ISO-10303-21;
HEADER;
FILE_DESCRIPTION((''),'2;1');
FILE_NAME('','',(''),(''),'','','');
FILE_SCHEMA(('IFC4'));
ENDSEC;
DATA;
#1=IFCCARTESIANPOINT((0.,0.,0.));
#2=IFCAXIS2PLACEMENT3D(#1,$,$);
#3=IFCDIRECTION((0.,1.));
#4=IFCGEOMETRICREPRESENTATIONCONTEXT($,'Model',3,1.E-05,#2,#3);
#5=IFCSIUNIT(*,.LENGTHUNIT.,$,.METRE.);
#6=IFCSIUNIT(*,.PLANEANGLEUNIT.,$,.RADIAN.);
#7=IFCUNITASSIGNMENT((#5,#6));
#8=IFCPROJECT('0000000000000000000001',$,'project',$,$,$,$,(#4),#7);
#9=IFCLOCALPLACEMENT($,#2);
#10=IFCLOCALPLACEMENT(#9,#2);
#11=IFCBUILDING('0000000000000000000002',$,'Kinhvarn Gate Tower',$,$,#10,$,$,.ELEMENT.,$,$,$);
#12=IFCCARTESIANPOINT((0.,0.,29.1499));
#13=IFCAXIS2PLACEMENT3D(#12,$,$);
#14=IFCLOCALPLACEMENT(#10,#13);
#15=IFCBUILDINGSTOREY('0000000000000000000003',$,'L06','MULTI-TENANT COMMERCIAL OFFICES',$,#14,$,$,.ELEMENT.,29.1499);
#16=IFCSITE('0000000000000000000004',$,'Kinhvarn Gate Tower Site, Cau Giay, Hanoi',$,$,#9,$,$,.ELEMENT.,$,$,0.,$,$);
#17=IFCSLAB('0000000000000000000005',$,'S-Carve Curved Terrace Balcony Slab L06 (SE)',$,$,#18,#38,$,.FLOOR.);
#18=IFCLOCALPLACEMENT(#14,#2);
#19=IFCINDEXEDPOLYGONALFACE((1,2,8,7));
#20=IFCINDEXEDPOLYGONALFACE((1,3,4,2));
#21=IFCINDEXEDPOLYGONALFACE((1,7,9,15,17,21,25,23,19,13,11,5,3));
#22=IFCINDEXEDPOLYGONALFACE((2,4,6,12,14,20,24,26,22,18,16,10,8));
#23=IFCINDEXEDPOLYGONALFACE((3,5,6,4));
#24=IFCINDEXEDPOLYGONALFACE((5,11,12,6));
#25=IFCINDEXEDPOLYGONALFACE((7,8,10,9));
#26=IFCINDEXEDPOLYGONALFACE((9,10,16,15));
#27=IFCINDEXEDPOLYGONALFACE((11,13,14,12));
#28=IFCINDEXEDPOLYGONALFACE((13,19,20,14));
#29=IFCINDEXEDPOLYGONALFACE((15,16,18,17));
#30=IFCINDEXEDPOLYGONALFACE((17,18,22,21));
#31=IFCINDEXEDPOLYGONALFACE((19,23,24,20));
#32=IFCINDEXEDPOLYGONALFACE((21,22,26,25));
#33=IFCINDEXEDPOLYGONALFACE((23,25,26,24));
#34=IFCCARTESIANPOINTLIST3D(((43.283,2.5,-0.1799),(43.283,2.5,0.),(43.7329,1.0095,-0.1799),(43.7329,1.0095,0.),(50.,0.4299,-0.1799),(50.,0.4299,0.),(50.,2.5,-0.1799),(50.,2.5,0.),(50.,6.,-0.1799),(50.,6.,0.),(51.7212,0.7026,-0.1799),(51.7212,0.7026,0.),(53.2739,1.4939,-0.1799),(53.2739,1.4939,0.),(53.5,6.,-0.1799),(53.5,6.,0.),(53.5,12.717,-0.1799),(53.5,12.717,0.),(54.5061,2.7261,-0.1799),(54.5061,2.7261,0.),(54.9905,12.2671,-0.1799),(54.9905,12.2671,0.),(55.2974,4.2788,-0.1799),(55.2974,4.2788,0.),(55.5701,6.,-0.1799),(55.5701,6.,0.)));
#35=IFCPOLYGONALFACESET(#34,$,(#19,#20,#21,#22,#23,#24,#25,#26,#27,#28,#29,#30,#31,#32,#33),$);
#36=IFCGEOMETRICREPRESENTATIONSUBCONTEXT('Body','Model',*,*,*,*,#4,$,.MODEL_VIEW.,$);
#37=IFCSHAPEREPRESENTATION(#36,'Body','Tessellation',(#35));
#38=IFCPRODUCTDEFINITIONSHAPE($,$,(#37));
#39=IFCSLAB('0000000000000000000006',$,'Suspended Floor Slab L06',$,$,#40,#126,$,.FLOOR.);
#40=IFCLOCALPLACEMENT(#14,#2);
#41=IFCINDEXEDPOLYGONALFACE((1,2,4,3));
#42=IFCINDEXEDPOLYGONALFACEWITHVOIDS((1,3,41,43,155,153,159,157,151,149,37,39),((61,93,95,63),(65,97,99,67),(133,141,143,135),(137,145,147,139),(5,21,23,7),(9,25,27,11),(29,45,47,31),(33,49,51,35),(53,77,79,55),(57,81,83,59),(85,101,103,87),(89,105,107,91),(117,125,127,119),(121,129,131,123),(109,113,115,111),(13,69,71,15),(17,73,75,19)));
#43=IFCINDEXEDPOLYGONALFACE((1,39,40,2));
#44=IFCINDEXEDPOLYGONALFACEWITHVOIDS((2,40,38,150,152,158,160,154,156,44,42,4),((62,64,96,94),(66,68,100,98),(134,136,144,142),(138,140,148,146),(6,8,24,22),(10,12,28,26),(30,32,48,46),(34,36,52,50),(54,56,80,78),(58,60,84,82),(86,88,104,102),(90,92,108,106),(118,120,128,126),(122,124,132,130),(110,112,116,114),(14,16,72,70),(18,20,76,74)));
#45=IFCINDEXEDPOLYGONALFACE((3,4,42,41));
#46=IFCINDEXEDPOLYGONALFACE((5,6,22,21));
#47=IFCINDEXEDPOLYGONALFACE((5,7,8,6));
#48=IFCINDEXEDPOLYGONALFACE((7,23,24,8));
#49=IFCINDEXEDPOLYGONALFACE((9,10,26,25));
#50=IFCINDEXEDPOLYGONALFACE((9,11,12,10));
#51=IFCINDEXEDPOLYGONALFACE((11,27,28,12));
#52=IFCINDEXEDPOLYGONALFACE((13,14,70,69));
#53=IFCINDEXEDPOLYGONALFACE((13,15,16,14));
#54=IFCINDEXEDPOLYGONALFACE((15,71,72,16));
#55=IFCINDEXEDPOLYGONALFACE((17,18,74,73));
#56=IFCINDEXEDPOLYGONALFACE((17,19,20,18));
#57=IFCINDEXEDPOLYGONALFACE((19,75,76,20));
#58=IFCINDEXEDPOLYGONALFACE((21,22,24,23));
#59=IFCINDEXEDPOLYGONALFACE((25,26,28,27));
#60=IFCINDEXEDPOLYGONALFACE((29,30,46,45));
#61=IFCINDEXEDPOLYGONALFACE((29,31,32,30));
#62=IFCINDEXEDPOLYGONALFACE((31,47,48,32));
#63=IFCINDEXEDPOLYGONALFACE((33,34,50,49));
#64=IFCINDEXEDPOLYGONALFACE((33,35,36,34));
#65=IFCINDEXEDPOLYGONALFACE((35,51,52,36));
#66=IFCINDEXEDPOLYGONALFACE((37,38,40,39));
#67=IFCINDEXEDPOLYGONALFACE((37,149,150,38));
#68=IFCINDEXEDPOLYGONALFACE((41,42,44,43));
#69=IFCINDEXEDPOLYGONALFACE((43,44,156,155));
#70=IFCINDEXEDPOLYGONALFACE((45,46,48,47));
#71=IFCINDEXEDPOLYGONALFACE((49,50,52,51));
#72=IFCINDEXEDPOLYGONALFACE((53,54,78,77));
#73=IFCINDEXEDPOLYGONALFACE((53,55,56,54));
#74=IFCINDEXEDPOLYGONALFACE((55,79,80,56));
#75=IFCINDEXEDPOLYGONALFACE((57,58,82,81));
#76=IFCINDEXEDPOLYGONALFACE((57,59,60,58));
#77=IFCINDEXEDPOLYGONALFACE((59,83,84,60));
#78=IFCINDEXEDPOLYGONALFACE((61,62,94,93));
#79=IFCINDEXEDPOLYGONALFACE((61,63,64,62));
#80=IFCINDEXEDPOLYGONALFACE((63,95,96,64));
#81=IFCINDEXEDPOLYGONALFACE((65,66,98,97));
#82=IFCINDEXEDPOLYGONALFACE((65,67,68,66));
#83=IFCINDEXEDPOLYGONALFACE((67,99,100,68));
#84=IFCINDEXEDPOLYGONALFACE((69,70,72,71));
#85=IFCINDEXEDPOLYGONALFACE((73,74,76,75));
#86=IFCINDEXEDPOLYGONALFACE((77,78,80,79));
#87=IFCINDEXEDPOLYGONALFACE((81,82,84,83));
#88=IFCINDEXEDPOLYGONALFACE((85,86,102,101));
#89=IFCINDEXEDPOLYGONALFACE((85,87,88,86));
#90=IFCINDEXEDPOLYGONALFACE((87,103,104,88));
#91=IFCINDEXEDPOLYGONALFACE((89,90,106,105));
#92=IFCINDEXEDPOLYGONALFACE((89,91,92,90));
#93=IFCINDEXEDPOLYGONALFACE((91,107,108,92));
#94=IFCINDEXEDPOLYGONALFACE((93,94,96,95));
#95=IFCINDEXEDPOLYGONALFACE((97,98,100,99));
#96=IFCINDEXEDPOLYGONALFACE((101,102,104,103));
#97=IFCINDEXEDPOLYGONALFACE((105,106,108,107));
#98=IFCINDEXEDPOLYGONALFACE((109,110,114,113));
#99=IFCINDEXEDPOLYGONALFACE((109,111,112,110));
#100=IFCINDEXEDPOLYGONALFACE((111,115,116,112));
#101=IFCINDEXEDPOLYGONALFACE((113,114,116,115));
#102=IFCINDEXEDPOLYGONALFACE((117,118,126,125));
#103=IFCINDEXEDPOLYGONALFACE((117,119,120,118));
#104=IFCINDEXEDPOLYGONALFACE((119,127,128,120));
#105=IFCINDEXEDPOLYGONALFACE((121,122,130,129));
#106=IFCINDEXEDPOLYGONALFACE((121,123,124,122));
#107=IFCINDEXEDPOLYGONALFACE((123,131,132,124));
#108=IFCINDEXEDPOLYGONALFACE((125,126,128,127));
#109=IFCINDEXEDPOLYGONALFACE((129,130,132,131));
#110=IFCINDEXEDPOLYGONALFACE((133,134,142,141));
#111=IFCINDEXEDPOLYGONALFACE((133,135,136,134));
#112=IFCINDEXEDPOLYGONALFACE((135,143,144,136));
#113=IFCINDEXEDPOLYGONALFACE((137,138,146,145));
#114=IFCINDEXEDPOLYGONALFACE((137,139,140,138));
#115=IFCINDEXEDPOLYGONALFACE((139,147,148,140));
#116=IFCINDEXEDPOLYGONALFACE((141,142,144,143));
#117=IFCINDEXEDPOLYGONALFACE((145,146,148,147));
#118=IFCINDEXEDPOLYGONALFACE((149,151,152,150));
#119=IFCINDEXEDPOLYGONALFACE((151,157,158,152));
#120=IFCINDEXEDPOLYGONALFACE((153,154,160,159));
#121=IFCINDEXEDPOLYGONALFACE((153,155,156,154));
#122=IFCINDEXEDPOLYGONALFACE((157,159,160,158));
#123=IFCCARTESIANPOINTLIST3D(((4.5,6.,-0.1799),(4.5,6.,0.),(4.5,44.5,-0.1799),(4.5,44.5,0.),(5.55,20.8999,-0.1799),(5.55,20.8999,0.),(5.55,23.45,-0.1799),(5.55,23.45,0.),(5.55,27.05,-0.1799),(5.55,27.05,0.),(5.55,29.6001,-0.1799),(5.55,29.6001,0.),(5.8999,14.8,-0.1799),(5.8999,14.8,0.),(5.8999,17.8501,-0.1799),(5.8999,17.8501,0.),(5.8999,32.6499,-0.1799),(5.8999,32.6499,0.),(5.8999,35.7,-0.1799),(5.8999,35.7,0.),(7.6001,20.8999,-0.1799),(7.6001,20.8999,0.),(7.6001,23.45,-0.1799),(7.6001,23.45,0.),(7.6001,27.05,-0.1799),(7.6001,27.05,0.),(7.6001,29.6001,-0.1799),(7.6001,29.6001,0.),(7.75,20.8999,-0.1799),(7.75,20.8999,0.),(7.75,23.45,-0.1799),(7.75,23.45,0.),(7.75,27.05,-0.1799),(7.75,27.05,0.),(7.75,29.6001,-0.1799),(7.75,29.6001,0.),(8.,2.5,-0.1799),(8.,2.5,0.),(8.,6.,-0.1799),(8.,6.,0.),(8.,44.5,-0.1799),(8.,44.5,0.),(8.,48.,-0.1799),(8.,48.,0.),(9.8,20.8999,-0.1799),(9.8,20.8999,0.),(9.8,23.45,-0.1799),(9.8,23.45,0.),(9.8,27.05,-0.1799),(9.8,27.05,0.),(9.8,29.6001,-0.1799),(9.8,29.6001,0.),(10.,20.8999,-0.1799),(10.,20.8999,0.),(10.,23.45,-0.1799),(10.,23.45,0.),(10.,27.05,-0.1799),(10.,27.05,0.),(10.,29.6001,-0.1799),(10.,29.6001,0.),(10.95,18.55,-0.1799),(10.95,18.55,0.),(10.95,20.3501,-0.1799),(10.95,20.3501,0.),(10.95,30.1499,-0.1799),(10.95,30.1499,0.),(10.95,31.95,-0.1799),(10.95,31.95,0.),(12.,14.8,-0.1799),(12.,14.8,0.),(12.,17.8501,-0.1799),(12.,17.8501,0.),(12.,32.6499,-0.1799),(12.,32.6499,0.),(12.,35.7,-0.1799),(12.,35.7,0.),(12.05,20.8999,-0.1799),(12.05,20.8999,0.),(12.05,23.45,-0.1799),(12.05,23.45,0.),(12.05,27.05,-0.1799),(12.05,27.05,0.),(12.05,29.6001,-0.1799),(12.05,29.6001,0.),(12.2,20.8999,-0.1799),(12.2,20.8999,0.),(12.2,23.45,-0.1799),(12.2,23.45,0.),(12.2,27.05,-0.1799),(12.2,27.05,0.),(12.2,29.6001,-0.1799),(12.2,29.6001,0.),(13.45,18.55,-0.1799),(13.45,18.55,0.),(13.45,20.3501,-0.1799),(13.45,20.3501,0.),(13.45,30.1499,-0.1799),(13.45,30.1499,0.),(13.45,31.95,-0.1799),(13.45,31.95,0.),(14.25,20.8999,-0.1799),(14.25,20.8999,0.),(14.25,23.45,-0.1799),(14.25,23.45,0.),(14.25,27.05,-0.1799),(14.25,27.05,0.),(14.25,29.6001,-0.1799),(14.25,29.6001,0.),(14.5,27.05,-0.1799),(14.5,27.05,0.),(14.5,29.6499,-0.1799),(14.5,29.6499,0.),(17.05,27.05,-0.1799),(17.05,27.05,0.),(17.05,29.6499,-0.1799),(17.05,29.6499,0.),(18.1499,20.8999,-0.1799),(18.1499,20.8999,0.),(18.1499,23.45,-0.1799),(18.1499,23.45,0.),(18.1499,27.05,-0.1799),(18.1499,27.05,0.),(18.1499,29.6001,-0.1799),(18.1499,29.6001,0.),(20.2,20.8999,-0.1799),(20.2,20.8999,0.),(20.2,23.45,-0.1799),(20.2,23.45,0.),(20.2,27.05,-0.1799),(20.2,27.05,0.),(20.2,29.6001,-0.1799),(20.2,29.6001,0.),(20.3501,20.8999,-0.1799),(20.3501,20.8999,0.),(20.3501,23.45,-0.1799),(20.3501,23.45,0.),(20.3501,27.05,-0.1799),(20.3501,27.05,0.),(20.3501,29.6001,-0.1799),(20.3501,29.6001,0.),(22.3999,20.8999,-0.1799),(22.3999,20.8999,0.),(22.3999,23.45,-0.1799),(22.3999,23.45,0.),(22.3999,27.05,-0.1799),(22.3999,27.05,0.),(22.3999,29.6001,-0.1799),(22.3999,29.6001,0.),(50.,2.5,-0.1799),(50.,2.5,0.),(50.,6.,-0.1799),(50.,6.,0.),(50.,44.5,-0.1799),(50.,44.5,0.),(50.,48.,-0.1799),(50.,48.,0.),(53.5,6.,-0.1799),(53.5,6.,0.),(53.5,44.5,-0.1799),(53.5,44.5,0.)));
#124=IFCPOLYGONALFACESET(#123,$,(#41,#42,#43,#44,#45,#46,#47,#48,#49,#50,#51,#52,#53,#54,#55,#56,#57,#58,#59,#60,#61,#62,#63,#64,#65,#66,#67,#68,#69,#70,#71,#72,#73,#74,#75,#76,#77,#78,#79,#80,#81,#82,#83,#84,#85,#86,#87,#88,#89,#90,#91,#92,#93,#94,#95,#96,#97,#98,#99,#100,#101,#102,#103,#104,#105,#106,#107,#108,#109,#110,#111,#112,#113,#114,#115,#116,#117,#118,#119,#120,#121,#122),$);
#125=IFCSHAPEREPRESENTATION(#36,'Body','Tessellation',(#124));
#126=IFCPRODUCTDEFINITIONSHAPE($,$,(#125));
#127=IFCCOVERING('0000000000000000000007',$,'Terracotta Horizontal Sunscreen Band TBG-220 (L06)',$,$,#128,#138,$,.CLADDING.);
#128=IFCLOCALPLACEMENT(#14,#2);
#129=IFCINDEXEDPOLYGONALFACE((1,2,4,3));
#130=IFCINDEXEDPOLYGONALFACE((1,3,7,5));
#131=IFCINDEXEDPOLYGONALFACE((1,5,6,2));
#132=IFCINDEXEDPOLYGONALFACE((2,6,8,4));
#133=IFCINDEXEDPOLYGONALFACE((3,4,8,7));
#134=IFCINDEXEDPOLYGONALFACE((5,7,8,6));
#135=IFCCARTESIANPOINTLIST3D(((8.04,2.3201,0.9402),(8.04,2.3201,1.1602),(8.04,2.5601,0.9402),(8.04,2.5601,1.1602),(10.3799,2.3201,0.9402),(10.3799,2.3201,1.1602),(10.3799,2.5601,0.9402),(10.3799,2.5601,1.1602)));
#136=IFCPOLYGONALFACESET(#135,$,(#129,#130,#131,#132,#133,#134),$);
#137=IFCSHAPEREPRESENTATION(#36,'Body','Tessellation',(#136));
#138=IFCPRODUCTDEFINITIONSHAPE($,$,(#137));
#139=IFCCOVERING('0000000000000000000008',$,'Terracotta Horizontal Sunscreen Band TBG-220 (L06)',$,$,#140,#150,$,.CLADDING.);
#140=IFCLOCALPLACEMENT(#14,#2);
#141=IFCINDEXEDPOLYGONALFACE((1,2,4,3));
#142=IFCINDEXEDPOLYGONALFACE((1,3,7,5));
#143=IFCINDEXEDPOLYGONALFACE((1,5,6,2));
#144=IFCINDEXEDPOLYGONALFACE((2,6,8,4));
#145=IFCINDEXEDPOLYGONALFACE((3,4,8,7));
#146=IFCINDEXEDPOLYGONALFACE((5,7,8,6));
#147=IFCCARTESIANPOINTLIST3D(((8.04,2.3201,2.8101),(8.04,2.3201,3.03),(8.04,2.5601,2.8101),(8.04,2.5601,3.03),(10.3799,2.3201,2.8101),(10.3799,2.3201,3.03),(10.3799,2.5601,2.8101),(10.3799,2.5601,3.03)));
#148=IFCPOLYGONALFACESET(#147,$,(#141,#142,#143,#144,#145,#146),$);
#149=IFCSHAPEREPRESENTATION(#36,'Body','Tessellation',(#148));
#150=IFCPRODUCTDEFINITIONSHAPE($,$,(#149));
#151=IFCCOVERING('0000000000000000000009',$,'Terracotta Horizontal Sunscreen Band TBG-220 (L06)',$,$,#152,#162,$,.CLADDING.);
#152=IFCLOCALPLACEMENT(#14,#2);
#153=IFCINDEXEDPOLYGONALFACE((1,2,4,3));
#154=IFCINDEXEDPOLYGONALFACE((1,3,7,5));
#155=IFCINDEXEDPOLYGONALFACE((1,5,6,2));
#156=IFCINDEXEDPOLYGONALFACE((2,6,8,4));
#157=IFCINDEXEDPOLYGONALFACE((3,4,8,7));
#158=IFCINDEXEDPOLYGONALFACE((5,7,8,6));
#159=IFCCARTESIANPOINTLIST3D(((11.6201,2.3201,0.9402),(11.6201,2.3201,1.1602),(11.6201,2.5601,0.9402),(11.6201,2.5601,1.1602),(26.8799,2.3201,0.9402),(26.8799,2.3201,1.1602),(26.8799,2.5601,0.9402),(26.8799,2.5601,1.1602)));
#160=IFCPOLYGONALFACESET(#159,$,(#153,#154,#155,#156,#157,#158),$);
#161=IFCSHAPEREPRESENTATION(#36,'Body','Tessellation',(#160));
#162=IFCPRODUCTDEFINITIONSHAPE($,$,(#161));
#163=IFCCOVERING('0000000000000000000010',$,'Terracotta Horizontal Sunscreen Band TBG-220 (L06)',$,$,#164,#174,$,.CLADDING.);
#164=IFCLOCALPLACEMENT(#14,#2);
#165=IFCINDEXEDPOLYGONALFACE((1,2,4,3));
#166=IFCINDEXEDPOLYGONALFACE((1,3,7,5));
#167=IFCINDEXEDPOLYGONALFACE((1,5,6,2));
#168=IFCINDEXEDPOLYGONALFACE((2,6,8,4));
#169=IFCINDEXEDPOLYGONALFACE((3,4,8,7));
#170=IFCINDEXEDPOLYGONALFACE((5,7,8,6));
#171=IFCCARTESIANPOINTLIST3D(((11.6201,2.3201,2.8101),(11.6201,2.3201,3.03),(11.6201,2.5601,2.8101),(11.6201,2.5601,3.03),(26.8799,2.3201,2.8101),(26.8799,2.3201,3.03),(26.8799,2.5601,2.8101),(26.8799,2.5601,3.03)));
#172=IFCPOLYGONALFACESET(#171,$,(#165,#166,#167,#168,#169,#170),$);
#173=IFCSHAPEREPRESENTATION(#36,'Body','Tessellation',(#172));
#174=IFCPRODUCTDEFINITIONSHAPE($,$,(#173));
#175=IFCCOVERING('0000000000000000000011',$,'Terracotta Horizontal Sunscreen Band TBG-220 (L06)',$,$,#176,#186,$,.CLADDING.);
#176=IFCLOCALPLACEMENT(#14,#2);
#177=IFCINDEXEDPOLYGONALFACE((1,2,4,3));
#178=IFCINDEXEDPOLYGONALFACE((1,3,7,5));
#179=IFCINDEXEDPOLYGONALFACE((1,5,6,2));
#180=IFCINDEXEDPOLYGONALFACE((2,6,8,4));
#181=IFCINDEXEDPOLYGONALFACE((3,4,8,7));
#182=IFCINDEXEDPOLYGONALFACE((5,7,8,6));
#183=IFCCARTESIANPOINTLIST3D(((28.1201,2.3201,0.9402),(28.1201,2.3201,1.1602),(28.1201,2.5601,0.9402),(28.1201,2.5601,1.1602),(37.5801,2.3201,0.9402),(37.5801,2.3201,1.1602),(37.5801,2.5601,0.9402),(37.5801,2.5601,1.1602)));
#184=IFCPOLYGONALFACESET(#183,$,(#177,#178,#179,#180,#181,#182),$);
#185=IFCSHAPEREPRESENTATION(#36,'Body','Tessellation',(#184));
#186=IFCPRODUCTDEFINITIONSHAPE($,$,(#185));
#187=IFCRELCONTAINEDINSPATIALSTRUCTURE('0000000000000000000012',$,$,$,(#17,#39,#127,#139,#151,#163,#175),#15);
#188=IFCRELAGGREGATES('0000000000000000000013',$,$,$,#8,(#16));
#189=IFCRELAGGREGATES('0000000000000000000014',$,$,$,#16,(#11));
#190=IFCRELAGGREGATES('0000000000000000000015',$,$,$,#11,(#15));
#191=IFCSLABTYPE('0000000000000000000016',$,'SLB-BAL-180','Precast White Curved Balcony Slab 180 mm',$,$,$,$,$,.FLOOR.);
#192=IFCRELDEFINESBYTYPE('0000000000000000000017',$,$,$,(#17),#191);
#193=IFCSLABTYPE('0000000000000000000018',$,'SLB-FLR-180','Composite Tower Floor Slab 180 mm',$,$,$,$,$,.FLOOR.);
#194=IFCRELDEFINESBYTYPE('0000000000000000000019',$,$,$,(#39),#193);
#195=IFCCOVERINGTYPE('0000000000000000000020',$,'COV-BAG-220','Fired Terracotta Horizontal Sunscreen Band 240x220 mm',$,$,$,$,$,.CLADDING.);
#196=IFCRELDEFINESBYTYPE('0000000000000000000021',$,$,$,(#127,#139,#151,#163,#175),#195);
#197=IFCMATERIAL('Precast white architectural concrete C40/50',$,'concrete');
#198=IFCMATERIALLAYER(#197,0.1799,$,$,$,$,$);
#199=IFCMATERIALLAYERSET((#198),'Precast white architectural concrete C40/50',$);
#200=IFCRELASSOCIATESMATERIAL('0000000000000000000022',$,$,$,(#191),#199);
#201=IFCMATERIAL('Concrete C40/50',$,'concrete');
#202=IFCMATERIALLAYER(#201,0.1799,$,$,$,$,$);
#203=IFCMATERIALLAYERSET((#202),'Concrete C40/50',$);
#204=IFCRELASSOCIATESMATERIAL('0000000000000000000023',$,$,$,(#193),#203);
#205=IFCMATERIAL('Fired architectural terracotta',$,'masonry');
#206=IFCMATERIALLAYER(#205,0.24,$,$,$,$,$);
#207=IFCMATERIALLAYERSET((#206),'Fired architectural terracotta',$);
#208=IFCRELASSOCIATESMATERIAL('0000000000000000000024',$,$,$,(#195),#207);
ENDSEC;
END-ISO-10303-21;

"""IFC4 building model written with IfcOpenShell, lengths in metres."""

from ifc_helpers import new_model, si_unit, direction, frame, origin, place, context, subcontext, project, spatial, polyline, outline, extrude, material, layer, layer_set, type_object, element, save


model = new_model("IFC4")

# Units and contexts
model_context = context("Model", 3, precision=1e-05, world=origin(), true_north=direction((0.0, 1.0)))
body_context = subcontext(model_context, "Body", "Model", "MODEL_VIEW")
ifc_project = project(units=[si_unit("LENGTHUNIT", "METRE"), si_unit("PLANEANGLEUNIT", "RADIAN")], contexts=[model_context])

# Site, building, storey
site_placement = place(None, origin())
site = spatial("IfcSite", under=ifc_project, at=site_placement, Name="Kinhvarn Gate Tower Site, Cau Giay, Hanoi", CompositionType="ELEMENT", RefElevation=0.0)
building_placement = place(site_placement, origin())
building = spatial("IfcBuilding", under=site, at=building_placement, Name="Kinhvarn Gate Tower", CompositionType="ELEMENT")
storey_placement = place(building_placement, frame((0.0, 0.0, 29.1499)))
storey = spatial("IfcBuildingStorey", under=building, at=storey_placement, Name="L06", Description="MULTI-TENANT COMMERCIAL OFFICES", CompositionType="ELEMENT", Elevation=29.1499)

# Slabs
ifc_material_1 = material(Name="Precast white architectural concrete C40/50", Category="concrete")
ifc_layer_1 = layer(ifc_material_1, 0.1799)
ifc_layer_set_1 = layer_set([ifc_layer_1], Name="Precast white architectural concrete C40/50")
slab_type_1 = type_object("IfcSlabType", Name="SLB-BAL-180", Description="Precast White Curved Balcony Slab 180 mm", PredefinedType="FLOOR", material=ifc_layer_set_1)
slab_1_placement = place(storey_placement, frame((0.0, 0.0, -0.1799)))
element("IfcSlab", 1, at=slab_1_placement, inside=storey, type_object=slab_type_1, Name="S-Carve Curved Terrace Balcony Slab L06 (SE)", PredefinedType="FLOOR", context=body_context, shape_type="SweptSolid", body=[
    extrude(outline(polyline([(43.283, 2.5), (43.7329, 1.0095), (50.0, 0.4299), (51.7212, 0.7026), (53.2739, 1.4939), (54.5061, 2.7261), (55.2974, 4.2788), (55.5701, 6.0), (54.9905, 12.2671), (53.5, 12.717), (53.5, 6.0), (50.0, 6.0), (50.0, 2.5), (43.283, 2.5)])), origin(), (0.0, 0.0, 1.0), 0.1799),
])
ifc_material_2 = material(Name="Concrete C40/50", Category="concrete")
ifc_layer_2 = layer(ifc_material_2, 0.1799)
ifc_layer_set_2 = layer_set([ifc_layer_2], Name="Concrete C40/50")
slab_type_2 = type_object("IfcSlabType", Name="SLB-FLR-180", Description="Composite Tower Floor Slab 180 mm", PredefinedType="FLOOR", material=ifc_layer_set_2)
slab_2_placement = place(storey_placement, frame((0.0, 0.0, -0.1799)))
element("IfcSlab", 2, at=slab_2_placement, inside=storey, type_object=slab_type_2, Name="Suspended Floor Slab L06", PredefinedType="FLOOR", context=body_context, shape_type="SweptSolid", body=[
    extrude(outline(polyline([(8.0, 2.5), (50.0, 2.5), (50.0, 6.0), (53.5, 6.0), (53.5, 44.5), (50.0, 44.5), (50.0, 48.0), (8.0, 48.0), (8.0, 44.5), (4.5, 44.5), (4.5, 6.0), (8.0, 6.0), (8.0, 2.5)]), holes=[polyline([(5.8999, 14.8), (12.0, 14.8), (12.0, 17.8501), (5.8999, 17.8501), (5.8999, 14.8)]), polyline([(5.8999, 32.6499), (12.0, 32.6499), (12.0, 35.7), (5.8999, 35.7), (5.8999, 32.6499)]), polyline([(18.1499, 20.8999), (20.2, 20.8999), (20.2, 23.45), (18.1499, 23.45), (18.1499, 20.8999)]), polyline([(20.3501, 20.8999), (22.3999, 20.8999), (22.3999, 23.45), (20.3501, 23.45), (20.3501, 20.8999)]), polyline([(18.1499, 27.05), (20.2, 27.05), (20.2, 29.6001), (18.1499, 29.6001), (18.1499, 27.05)]), polyline([(20.3501, 27.05), (22.3999, 27.05), (22.3999, 29.6001), (20.3501, 29.6001), (20.3501, 27.05)]), polyline([(5.55, 20.8999), (7.6001, 20.8999), (7.6001, 23.45), (5.55, 23.45), (5.55, 20.8999)]), polyline([(7.75, 20.8999), (9.8, 20.8999), (9.8, 23.45), (7.75, 23.45), (7.75, 20.8999)]), polyline([(5.55, 27.05), (7.6001, 27.05), (7.6001, 29.6001), (5.55, 29.6001), (5.55, 27.05)]), polyline([(7.75, 27.05), (9.8, 27.05), (9.8, 29.6001), (7.75, 29.6001), (7.75, 27.05)]), polyline([(10.0, 20.8999), (12.05, 20.8999), (12.05, 23.45), (10.0, 23.45), (10.0, 20.8999)]), polyline([(12.2, 20.8999), (14.25, 20.8999), (14.25, 23.45), (12.2, 23.45), (12.2, 20.8999)]), polyline([(10.0, 27.05), (12.05, 27.05), (12.05, 29.6001), (10.0, 29.6001), (10.0, 27.05)]), polyline([(12.2, 27.05), (14.25, 27.05), (14.25, 29.6001), (12.2, 29.6001), (12.2, 27.05)]), polyline([(14.5, 27.05), (17.05, 27.05), (17.05, 29.6499), (14.5, 29.6499), (14.5, 27.05)]), polyline([(10.95, 18.55), (13.45, 18.55), (13.45, 20.3501), (10.95, 20.3501), (10.95, 18.55)]), polyline([(10.95, 30.1499), (13.45, 30.1499), (13.45, 31.95), (10.95, 31.95), (10.95, 30.1499)])]), origin(), (0.0, 0.0, 1.0), 0.1799),
])

# Coverings
ifc_material_3 = material(Name="Fired architectural terracotta", Category="masonry")
ifc_layer_3 = layer(ifc_material_3, 0.24)
ifc_layer_set_3 = layer_set([ifc_layer_3], Name="Fired architectural terracotta")
covering_type_1 = type_object("IfcCoveringType", Name="COV-BAG-220", Description="Fired Terracotta Horizontal Sunscreen Band 240x220 mm", PredefinedType="CLADDING", material=ifc_layer_set_3)
for number, where, name in (
    (3, (0.0, 0.0, 0.9402), "Terracotta Horizontal Sunscreen Band TBG-220 (L06)"),
    (4, (0.0, 0.0, 2.8101), "Terracotta Horizontal Sunscreen Band TBG-220 (L06)"),
):
    element("IfcCovering", number, at=place(storey_placement, frame(where)), inside=storey, type_object=covering_type_1, Name=name, PredefinedType="CLADDING", context=body_context, shape_type="SweptSolid", body=[
        extrude(outline(polyline([(8.04, 2.5601), (10.3799, 2.5601), (10.3799, 2.3201), (8.04, 2.3201), (8.04, 2.5601)])), origin(), (0.0, 0.0, 1.0), 0.22),
    ])
for number, where, name in (
    (5, (0.0, 0.0, 0.9402), "Terracotta Horizontal Sunscreen Band TBG-220 (L06)"),
    (6, (0.0, 0.0, 2.8101), "Terracotta Horizontal Sunscreen Band TBG-220 (L06)"),
):
    element("IfcCovering", number, at=place(storey_placement, frame(where)), inside=storey, type_object=covering_type_1, Name=name, PredefinedType="CLADDING", context=body_context, shape_type="SweptSolid", body=[
        extrude(outline(polyline([(11.6201, 2.5601), (26.8799, 2.5601), (26.8799, 2.3201), (11.6201, 2.3201), (11.6201, 2.5601)])), origin(), (0.0, 0.0, 1.0), 0.22),
    ])
for number, where, name in (
    (7, (0.0, 0.0, 0.9402), "Terracotta Horizontal Sunscreen Band TBG-220 (L06)"),
):
    element("IfcCovering", number, at=place(storey_placement, frame(where)), inside=storey, type_object=covering_type_1, Name=name, PredefinedType="CLADDING", context=body_context, shape_type="SweptSolid", body=[
        extrude(outline(polyline([(28.1201, 2.5601), (37.5801, 2.5601), (37.5801, 2.3201), (28.1201, 2.3201), (28.1201, 2.5601)])), origin(), (0.0, 0.0, 1.0), 0.22),
    ])

save(model, "model.ifc")
